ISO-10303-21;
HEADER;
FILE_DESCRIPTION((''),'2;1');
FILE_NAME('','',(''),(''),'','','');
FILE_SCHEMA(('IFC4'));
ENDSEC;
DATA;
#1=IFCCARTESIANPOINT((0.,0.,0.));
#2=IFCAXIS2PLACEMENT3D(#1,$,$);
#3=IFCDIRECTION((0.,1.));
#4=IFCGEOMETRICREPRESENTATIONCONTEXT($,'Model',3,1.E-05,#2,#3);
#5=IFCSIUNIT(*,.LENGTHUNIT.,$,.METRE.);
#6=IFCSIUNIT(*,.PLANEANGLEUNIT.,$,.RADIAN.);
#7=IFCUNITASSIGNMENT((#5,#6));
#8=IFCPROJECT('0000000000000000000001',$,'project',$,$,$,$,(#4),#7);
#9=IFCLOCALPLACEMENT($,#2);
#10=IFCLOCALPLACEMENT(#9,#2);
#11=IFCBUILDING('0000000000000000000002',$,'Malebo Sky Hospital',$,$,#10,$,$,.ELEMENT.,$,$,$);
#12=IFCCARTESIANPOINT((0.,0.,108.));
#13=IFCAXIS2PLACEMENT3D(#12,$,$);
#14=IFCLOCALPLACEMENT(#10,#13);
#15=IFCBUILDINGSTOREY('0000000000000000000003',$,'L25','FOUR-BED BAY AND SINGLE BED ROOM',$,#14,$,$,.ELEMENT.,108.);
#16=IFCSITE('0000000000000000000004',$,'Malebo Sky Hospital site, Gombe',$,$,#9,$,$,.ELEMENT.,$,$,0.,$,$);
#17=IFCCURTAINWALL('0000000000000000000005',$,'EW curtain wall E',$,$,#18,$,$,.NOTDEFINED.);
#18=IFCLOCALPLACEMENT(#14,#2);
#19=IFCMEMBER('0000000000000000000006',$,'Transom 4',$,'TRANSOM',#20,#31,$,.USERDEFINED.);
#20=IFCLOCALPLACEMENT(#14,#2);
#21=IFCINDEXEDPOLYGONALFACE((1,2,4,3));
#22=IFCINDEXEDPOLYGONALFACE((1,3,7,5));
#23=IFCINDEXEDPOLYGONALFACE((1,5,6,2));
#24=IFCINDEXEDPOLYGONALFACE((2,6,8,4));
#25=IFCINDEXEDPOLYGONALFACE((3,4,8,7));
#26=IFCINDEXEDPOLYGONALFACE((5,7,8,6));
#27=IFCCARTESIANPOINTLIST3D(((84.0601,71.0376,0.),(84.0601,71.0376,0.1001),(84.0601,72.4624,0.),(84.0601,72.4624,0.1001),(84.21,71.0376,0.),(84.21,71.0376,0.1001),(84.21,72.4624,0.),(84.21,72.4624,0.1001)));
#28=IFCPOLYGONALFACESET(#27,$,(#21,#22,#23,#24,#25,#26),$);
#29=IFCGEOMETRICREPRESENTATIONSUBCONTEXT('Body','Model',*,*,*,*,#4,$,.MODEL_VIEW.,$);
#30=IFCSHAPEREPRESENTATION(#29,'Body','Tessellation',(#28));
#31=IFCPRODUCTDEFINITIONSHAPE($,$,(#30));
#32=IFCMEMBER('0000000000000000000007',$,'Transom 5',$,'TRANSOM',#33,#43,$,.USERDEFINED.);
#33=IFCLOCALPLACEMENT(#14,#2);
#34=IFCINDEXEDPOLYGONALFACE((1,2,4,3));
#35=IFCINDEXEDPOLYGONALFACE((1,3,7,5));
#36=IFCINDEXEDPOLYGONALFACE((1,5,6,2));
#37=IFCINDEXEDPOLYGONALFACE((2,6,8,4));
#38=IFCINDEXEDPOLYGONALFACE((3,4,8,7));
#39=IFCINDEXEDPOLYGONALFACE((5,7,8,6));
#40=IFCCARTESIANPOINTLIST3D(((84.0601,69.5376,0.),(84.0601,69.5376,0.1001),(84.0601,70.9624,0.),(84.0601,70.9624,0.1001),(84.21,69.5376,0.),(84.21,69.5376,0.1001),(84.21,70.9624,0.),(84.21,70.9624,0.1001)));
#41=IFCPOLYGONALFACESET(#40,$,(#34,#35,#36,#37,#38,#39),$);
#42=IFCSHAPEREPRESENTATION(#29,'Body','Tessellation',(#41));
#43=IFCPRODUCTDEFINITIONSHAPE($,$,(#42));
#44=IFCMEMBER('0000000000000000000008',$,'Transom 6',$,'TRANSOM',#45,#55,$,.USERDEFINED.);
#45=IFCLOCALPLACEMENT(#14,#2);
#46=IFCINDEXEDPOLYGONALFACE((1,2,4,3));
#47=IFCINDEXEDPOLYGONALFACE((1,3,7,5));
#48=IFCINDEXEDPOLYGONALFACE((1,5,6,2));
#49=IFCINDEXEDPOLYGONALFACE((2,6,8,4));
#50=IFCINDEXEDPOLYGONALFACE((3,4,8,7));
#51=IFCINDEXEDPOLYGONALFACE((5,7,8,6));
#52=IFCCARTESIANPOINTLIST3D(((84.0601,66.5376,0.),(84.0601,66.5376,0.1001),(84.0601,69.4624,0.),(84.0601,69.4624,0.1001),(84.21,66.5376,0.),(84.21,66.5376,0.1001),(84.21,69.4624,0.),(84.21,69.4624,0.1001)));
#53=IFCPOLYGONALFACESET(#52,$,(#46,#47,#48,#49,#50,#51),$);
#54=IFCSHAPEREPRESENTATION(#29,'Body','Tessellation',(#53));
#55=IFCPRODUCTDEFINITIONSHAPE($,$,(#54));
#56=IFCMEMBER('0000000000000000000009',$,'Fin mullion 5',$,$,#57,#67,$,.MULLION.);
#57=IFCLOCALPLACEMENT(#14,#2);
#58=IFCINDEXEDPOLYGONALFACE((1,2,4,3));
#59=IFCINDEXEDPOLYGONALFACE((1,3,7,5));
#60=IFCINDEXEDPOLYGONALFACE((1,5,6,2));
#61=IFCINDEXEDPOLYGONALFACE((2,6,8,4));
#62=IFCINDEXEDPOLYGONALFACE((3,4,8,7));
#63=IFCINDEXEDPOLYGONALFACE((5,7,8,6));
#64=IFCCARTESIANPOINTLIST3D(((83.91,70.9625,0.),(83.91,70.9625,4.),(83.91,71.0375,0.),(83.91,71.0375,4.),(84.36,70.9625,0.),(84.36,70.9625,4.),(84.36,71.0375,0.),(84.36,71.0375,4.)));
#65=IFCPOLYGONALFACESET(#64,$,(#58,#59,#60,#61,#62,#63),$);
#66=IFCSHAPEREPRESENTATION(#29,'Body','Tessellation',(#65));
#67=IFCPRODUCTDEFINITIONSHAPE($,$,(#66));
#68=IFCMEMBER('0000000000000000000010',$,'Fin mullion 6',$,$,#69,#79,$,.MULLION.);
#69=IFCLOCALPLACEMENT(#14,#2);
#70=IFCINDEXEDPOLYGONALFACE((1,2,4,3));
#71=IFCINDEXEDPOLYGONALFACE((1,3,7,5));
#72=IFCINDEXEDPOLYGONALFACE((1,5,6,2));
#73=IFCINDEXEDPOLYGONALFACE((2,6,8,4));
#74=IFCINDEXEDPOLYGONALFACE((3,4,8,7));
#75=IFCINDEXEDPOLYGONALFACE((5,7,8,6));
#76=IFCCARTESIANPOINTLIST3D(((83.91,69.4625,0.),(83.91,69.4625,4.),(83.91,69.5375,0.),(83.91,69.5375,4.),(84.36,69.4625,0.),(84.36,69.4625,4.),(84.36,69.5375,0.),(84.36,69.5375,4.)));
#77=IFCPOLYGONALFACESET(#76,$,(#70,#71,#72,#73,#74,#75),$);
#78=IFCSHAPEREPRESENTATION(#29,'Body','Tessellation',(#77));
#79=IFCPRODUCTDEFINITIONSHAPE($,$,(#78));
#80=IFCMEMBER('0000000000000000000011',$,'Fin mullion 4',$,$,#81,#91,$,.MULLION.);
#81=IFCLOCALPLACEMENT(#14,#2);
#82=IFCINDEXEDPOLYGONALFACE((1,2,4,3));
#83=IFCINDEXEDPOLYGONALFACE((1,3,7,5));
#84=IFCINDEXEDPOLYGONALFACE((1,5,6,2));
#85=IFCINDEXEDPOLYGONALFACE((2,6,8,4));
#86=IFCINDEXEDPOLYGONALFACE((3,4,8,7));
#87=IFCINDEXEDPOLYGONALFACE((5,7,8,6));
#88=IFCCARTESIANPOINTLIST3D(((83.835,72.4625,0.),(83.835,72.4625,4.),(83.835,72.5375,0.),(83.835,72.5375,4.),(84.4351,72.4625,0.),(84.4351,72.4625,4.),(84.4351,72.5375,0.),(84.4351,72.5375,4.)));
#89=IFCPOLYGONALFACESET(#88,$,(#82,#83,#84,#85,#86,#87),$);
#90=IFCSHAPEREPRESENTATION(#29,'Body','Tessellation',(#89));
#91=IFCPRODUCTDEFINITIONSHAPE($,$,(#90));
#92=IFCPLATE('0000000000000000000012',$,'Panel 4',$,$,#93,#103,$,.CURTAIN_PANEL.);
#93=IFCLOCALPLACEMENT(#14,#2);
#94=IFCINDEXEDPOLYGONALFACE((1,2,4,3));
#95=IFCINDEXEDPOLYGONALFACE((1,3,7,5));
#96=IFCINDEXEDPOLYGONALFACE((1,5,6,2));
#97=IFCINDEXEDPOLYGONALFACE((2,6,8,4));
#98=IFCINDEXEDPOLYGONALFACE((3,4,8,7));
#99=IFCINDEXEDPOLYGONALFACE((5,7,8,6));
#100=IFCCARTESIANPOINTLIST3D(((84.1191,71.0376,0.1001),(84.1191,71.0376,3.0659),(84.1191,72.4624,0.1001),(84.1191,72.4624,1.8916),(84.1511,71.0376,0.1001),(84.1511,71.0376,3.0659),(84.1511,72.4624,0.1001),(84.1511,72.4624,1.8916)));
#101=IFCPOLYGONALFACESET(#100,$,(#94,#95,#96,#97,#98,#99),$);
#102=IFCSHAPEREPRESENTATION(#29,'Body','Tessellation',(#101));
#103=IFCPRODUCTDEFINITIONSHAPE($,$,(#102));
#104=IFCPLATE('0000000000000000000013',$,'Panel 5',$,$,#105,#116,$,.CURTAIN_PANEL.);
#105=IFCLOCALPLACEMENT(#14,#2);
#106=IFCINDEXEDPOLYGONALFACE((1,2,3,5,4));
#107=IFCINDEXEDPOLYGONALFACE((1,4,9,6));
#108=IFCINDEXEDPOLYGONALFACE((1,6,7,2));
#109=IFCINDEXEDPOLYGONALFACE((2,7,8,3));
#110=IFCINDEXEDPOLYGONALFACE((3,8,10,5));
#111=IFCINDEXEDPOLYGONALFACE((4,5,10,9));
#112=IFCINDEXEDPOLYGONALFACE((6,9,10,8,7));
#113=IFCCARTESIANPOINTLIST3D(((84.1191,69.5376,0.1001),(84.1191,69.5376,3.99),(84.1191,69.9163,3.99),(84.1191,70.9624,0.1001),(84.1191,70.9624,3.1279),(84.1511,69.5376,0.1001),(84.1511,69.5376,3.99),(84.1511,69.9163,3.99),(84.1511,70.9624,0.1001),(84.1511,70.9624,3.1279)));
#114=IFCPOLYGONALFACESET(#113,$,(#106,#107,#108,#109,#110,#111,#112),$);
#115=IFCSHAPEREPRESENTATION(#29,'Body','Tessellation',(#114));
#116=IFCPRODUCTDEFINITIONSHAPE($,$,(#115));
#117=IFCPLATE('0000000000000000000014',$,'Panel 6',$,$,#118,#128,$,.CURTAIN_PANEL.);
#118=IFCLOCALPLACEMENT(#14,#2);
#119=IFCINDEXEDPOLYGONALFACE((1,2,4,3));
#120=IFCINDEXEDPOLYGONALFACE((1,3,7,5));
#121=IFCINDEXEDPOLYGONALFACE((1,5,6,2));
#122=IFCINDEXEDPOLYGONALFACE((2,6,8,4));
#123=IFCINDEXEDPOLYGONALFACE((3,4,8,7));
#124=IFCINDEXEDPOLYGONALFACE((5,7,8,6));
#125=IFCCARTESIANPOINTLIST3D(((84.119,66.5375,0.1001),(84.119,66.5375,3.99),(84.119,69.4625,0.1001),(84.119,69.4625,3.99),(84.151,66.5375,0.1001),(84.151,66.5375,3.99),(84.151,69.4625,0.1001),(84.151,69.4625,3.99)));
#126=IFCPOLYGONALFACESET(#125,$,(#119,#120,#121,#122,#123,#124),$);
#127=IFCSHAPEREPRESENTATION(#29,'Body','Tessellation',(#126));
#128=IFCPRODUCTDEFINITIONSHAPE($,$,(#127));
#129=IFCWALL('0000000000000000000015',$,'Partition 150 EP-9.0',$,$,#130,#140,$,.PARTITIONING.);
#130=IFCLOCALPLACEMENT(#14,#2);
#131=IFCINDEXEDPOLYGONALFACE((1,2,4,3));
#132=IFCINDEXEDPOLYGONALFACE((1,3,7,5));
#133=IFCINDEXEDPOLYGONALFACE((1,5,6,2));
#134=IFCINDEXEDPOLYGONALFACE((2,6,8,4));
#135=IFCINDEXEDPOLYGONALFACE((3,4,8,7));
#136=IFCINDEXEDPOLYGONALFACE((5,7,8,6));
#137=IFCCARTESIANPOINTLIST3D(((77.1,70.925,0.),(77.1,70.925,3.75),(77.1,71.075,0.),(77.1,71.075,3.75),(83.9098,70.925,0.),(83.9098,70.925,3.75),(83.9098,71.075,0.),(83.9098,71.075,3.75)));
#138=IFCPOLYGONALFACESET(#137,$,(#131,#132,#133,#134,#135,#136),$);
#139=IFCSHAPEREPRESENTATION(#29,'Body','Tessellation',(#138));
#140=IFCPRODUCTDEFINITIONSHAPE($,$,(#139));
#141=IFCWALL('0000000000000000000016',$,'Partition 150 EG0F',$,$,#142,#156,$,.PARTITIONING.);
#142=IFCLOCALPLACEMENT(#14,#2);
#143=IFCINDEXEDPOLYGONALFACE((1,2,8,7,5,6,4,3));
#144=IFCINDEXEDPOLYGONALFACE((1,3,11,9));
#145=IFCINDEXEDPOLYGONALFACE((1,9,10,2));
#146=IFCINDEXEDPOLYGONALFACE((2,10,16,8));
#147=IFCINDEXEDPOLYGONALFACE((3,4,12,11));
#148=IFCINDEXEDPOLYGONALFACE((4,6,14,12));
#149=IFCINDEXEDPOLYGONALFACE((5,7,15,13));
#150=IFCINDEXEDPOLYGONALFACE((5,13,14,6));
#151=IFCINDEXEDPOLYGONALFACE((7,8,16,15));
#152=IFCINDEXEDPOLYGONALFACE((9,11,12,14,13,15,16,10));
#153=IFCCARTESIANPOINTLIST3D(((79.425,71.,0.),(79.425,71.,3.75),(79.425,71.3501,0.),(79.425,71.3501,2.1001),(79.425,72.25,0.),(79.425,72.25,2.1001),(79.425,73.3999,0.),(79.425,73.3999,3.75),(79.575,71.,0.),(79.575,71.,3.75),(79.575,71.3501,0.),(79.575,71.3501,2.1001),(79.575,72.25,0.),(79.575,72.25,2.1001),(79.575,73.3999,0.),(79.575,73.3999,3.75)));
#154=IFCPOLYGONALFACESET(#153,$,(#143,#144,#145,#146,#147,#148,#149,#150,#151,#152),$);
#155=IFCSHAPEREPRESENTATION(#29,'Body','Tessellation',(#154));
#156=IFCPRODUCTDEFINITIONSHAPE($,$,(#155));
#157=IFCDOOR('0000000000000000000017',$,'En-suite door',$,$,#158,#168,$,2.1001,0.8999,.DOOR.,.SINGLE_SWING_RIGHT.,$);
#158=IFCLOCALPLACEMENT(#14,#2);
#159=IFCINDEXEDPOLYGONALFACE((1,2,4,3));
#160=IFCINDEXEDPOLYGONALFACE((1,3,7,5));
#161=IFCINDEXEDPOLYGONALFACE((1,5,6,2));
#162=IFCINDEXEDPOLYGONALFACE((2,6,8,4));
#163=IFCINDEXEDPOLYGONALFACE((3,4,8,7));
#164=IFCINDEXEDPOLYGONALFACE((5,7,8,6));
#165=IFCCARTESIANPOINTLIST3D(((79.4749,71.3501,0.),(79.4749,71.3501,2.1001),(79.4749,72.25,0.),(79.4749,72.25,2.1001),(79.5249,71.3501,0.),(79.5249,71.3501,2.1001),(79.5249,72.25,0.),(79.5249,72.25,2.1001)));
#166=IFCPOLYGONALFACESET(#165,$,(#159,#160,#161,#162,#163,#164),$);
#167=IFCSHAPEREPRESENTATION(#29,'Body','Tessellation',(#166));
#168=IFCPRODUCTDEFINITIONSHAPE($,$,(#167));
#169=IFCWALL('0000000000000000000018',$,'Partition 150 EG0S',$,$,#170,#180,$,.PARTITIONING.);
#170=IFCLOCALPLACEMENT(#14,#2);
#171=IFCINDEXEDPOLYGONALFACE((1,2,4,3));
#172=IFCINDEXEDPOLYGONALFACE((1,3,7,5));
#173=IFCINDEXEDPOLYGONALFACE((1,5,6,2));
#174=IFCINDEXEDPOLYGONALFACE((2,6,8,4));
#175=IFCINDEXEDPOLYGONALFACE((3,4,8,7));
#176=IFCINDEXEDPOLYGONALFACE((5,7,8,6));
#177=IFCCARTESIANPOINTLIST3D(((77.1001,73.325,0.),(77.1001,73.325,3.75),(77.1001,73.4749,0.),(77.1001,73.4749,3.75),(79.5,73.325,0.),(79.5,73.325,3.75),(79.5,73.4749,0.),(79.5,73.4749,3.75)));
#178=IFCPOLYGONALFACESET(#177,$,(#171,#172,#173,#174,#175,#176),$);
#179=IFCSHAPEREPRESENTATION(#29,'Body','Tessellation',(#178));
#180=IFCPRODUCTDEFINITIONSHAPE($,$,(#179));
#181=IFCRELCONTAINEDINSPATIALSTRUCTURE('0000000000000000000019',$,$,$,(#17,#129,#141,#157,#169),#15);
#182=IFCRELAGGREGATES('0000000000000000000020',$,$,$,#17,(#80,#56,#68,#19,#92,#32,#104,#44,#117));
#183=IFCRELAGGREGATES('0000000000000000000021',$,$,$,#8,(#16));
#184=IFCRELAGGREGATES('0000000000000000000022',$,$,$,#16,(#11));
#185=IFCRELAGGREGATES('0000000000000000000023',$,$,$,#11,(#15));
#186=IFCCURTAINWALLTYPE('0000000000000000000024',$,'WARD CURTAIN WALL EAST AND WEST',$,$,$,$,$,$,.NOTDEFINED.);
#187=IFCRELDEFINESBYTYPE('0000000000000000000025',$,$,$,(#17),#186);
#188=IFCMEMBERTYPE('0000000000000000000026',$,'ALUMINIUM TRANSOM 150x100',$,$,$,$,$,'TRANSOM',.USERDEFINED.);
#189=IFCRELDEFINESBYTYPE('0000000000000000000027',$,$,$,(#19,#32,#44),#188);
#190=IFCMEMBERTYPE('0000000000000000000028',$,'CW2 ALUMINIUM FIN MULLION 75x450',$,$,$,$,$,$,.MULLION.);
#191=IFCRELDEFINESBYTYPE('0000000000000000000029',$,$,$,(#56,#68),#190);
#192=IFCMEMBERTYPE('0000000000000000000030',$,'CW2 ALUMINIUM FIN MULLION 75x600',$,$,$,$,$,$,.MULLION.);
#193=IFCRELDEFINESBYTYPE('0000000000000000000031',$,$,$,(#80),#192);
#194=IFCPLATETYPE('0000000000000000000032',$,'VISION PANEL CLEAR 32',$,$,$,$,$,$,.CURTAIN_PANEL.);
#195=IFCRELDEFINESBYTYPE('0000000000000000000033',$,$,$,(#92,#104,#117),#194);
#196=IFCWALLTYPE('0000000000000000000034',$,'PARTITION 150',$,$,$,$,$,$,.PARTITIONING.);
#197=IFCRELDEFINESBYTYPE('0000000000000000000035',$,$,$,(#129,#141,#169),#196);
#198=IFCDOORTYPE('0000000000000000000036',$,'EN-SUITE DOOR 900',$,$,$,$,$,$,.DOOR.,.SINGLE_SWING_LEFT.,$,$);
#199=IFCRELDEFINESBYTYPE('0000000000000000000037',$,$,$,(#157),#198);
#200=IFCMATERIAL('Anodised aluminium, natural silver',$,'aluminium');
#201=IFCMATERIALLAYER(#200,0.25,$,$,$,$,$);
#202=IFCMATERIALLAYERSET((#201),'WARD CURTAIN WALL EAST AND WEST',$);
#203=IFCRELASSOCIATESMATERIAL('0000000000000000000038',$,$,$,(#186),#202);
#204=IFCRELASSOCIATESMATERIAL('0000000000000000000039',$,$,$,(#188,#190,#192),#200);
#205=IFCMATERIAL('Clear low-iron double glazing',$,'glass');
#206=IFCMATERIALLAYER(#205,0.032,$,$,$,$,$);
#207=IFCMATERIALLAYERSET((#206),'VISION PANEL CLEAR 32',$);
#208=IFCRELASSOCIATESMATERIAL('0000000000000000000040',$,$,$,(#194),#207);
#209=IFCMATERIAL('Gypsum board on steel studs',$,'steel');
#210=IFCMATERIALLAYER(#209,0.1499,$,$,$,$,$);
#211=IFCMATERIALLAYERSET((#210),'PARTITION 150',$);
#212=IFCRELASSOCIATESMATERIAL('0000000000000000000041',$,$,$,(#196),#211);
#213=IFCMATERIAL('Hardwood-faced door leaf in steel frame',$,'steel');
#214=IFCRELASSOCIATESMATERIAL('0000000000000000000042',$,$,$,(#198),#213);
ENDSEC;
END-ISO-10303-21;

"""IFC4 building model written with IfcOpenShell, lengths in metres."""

from ifc_helpers import new_model, si_unit, direction, frame, frame_2d, origin, origin_2d, place, context, subcontext, project, spatial, polyline, rectangle, outline, extrude, material, layer, layer_set, material_profile, profile_set, type_object, element, fill, aggregate, save


model = new_model("IFC4")

# Units and contexts
model_context = context("Model", 3, precision=1e-05, world=origin(), true_north=direction((0.0, 1.0)))
body_context = subcontext(model_context, "Body", "Model", "MODEL_VIEW")
ifc_project = project(units=[si_unit("LENGTHUNIT", "METRE"), si_unit("PLANEANGLEUNIT", "RADIAN")], contexts=[model_context])

# Site, building, storey
site_placement = place(None, origin())
site = spatial("IfcSite", under=ifc_project, at=site_placement, Name="Malebo Sky Hospital site, Gombe", CompositionType="ELEMENT", RefElevation=0.0)
building_placement = place(site_placement, origin())
building = spatial("IfcBuilding", under=site, at=building_placement, Name="Malebo Sky Hospital", CompositionType="ELEMENT")
storey_placement = place(building_placement, frame((0.0, 0.0, 108.0)))
storey = spatial("IfcBuildingStorey", under=building, at=storey_placement, Name="L25", Description="FOUR-BED BAY AND SINGLE BED ROOM", CompositionType="ELEMENT", Elevation=108.0)

# Curtain wall, members, plates
ifc_material_1 = material(Name="Anodised aluminium, natural silver", Category="aluminium")
ifc_layer_1 = layer(ifc_material_1, 0.25)
ifc_layer_set_1 = layer_set([ifc_layer_1], Name="WARD CURTAIN WALL EAST AND WEST")
curtain_wall_type = type_object("IfcCurtainWallType", Name="WARD CURTAIN WALL EAST AND WEST", PredefinedType="NOTDEFINED", material=ifc_layer_set_1)
curtain_wall_placement = place(storey_placement, origin())
curtain_wall = element("IfcCurtainWall", 1, at=curtain_wall_placement, inside=storey, type_object=curtain_wall_type, Name="EW curtain wall E", PredefinedType="NOTDEFINED")
ifc_material_profile_1 = material_profile(ifc_material_1, rectangle(XDim=0.1499, YDim=0.1001, at=origin_2d()), Name="ALUMINIUM TRANSOM 150x100")
ifc_profile_set_1 = profile_set([ifc_material_profile_1], Name="Anodised aluminium, natural silver")
member_type_1 = type_object("IfcMemberType", Name="ALUMINIUM TRANSOM 150x100", ElementType="TRANSOM", PredefinedType="USERDEFINED", material=ifc_profile_set_1)
member_1_placement = place(storey_placement, frame((84.135, 72.4624, 0.05), z_axis=(0.0, -1.0, 0.0), x_axis=(1.0, 0.0, 0.0)))
member_1 = element("IfcMember", 2, at=member_1_placement, type_object=member_type_1, Name="Transom 4", ObjectType="TRANSOM", PredefinedType="USERDEFINED", context=body_context, shape_type="SweptSolid", body=[
    extrude(rectangle(XDim=0.1499, YDim=0.1001, at=origin_2d()), origin(), (0.0, 0.0, 1.0), 1.4248),
])
member_2_placement = place(storey_placement, frame((84.135, 70.9624, 0.05), z_axis=(0.0, -1.0, 0.0), x_axis=(1.0, 0.0, 0.0)))
member_2 = element("IfcMember", 3, at=member_2_placement, type_object=member_type_1, Name="Transom 5", ObjectType="TRANSOM", PredefinedType="USERDEFINED", context=body_context, shape_type="SweptSolid", body=[
    extrude(rectangle(XDim=0.1499, YDim=0.1001, at=origin_2d()), origin(), (0.0, 0.0, 1.0), 1.4248),
])
member_3_placement = place(storey_placement, frame((84.135, 69.4624, 0.05), z_axis=(0.0, -1.0, 0.0), x_axis=(1.0, 0.0, 0.0)))
member_3 = element("IfcMember", 4, at=member_3_placement, type_object=member_type_1, Name="Transom 6", ObjectType="TRANSOM", PredefinedType="USERDEFINED", context=body_context, shape_type="SweptSolid", body=[
    extrude(rectangle(XDim=0.1499, YDim=0.1001, at=origin_2d()), origin(), (0.0, 0.0, 1.0), 2.9248),
])
ifc_material_profile_2 = material_profile(ifc_material_1, rectangle(XDim=0.075, YDim=0.45, at=origin_2d()), Name="CW2 ALUMINIUM FIN MULLION 75x450")
ifc_profile_set_2 = profile_set([ifc_material_profile_2], Name="Anodised aluminium, natural silver")
member_type_2 = type_object("IfcMemberType", Name="CW2 ALUMINIUM FIN MULLION 75x450", PredefinedType="MULLION", material=ifc_profile_set_2)
member_4_placement = place(storey_placement, frame((84.135, 71.0, 0.0), z_axis=(0.0, 0.0, 1.0), x_axis=(0.0, -1.0, 0.0)))
member_4 = element("IfcMember", 5, at=member_4_placement, type_object=member_type_2, Name="Fin mullion 5", PredefinedType="MULLION", context=body_context, shape_type="SweptSolid", body=[
    extrude(rectangle(XDim=0.075, YDim=0.45, at=origin_2d()), origin(), (0.0, 0.0, 1.0), 4.0),
])
member_5_placement = place(storey_placement, frame((84.135, 69.5, 0.0), z_axis=(0.0, 0.0, 1.0), x_axis=(0.0, -1.0, 0.0)))
member_5 = element("IfcMember", 6, at=member_5_placement, type_object=member_type_2, Name="Fin mullion 6", PredefinedType="MULLION", context=body_context, shape_type="SweptSolid", body=[
    extrude(rectangle(XDim=0.075, YDim=0.45, at=origin_2d()), origin(), (0.0, 0.0, 1.0), 4.0),
])
ifc_material_profile_3 = material_profile(ifc_material_1, rectangle(XDim=0.075, YDim=0.6001, at=origin_2d()), Name="CW2 ALUMINIUM FIN MULLION 75x600")
ifc_profile_set_3 = profile_set([ifc_material_profile_3], Name="Anodised aluminium, natural silver")
member_type_3 = type_object("IfcMemberType", Name="CW2 ALUMINIUM FIN MULLION 75x600", PredefinedType="MULLION", material=ifc_profile_set_3)
member_6_placement = place(storey_placement, frame((84.135, 72.5, 0.0), z_axis=(0.0, 0.0, 1.0), x_axis=(0.0, -1.0, 0.0)))
member_6 = element("IfcMember", 7, at=member_6_placement, type_object=member_type_3, Name="Fin mullion 4", PredefinedType="MULLION", context=body_context, shape_type="SweptSolid", body=[
    extrude(rectangle(XDim=0.075, YDim=0.6001, at=origin_2d()), origin(), (0.0, 0.0, 1.0), 4.0),
])
ifc_material_2 = material(Name="Clear low-iron double glazing", Category="glass")
ifc_layer_2 = layer(ifc_material_2, 0.032)
ifc_layer_set_2 = layer_set([ifc_layer_2], Name="VISION PANEL CLEAR 32")
plate_type = type_object("IfcPlateType", Name="VISION PANEL CLEAR 32", PredefinedType="CURTAIN_PANEL", material=ifc_layer_set_2)
plate_1_placement = place(storey_placement, frame((84.135, 71.75, 0.1001), z_axis=(0.0, 0.0, 1.0), x_axis=(0.0, -1.0, 0.0)))
plate_1 = element("IfcPlate", 8, at=plate_1_placement, type_object=plate_type, Name="Panel 4", PredefinedType="CURTAIN_PANEL", context=body_context, shape_type="SweptSolid", body=[
    extrude(outline(polyline([(-0.7124, 0.0), (0.7124, 0.0), (0.7124, 2.9658), (-0.7124, 1.7915), (-0.7124, 0.0)])), frame((0.0, 0.0161, 0.0), z_axis=(0.0, -1.0, 0.0), x_axis=(1.0, 0.0, 0.0)), (0.0, 0.0, 1.0), 0.032),
])
plate_2_placement = place(storey_placement, frame((84.135, 70.25, 0.1001), z_axis=(0.0, 0.0, 1.0), x_axis=(0.0, -1.0, 0.0)))
plate_2 = element("IfcPlate", 9, at=plate_2_placement, type_object=plate_type, Name="Panel 5", PredefinedType="CURTAIN_PANEL", context=body_context, shape_type="SweptSolid", body=[
    extrude(outline(polyline([(-0.7124, 0.0), (0.7124, 0.0), (0.7124, 3.8899), (0.3337, 3.8899), (-0.7124, 3.0278), (-0.7124, 0.0)])), frame((0.0, 0.0161, 0.0), z_axis=(0.0, -1.0, 0.0), x_axis=(1.0, 0.0, 0.0)), (0.0, 0.0, 1.0), 0.032),
])
plate_3_placement = place(storey_placement, frame((84.135, 68.0, 0.1001), z_axis=(0.0, 0.0, 1.0), x_axis=(0.0, -1.0, 0.0)))
plate_3 = element("IfcPlate", 10, at=plate_3_placement, type_object=plate_type, Name="Panel 6", PredefinedType="CURTAIN_PANEL", context=body_context, shape_type="SweptSolid", body=[
    extrude(rectangle(XDim=2.925, YDim=0.032, at=origin_2d()), origin(), (0.0, 0.0, 1.0), 3.8899),
])
aggregate(curtain_wall, [member_6, member_4, member_5, member_1, plate_1, member_2, plate_2, member_3, plate_3])

# Wall
ifc_material_3 = material(Name="Gypsum board on steel studs", Category="steel")
ifc_layer_3 = layer(ifc_material_3, 0.1499)
ifc_layer_set_3 = layer_set([ifc_layer_3], Name="PARTITION 150")
wall_type = type_object("IfcWallType", Name="PARTITION 150", PredefinedType="PARTITIONING", material=ifc_layer_set_3)
wall_1_placement = place(storey_placement, frame((77.1001, 71.0, 0.0), z_axis=(0.0, 0.0, 1.0), x_axis=(1.0, 0.0, 0.0)))
element("IfcWall", 11, at=wall_1_placement, inside=storey, type_object=wall_type, Name="Partition 150 EP-9.0", PredefinedType="PARTITIONING", context=body_context, shape_type="SweptSolid", body=[
    extrude(rectangle(XDim=6.8098, YDim=0.1499, at=frame_2d((3.4048, 0.0))), origin(), (0.0, 0.0, 1.0), 3.75),
])

# Wall, opening, door
wall_2_placement = place(storey_placement, frame((79.5, 73.3999, 0.0), z_axis=(0.0, 0.0, 1.0), x_axis=(0.0, -1.0, 0.0)))
wall_2 = element("IfcWall", 12, at=wall_2_placement, inside=storey, type_object=wall_type, Name="Partition 150 EG0F", PredefinedType="PARTITIONING", context=body_context, shape_type="SweptSolid", body=[
    extrude(rectangle(XDim=2.3999, YDim=0.1499, at=frame_2d((1.2, 0.0))), origin(), (0.0, 0.0, 1.0), 3.75),
])
opening_1_placement = place(wall_2_placement, frame((1.1499, 0.0, 0.0)))
opening_1 = element("IfcOpeningElement", 13, at=opening_1_placement, cuts=wall_2, PredefinedType="OPENING", context=body_context, shape_type="SweptSolid", body=[
    extrude(rectangle(XDim=0.8999, YDim=2.1001, at=frame_2d((0.45, 1.05))), frame((0.0, 0.085, 0.0), z_axis=(0.0, -1.0, 0.0), x_axis=(1.0, 0.0, 0.0)), (0.0, 0.0, 1.0), 0.1699),
])
ifc_material_4 = material(Name="Hardwood-faced door leaf in steel frame", Category="steel")
door_type = type_object("IfcDoorType", Name="EN-SUITE DOOR 900", OperationType="SINGLE_SWING_LEFT", PredefinedType="DOOR", material=ifc_material_4)
door_1_placement = place(opening_1_placement, origin())
door_1 = element("IfcDoor", 14, at=door_1_placement, inside=storey, type_object=door_type, Name="En-suite door", OperationType="SINGLE_SWING_RIGHT", OverallHeight=2.1001, OverallWidth=0.8999, PredefinedType="DOOR", context=body_context, shape_type="SweptSolid", body=[
    extrude(rectangle(XDim=0.8999, YDim=2.1001, at=frame_2d((0.45, 1.05))), frame((0.0, 0.0249, 0.0), z_axis=(0.0, -1.0, 0.0), x_axis=(1.0, 0.0, 0.0)), (0.0, 0.0, 1.0), 0.05),
])
fill(opening_1, door_1)

# Wall
wall_3_placement = place(storey_placement, frame((77.1001, 73.3999, 0.0), z_axis=(0.0, 0.0, 1.0), x_axis=(1.0, 0.0, 0.0)))
element("IfcWall", 15, at=wall_3_placement, inside=storey, type_object=wall_type, Name="Partition 150 EG0S", PredefinedType="PARTITIONING", context=body_context, shape_type="SweptSolid", body=[
    extrude(rectangle(XDim=2.3999, YDim=0.1499, at=frame_2d((1.2, 0.0))), origin(), (0.0, 0.0, 1.0), 3.75),
])

save(model, "model.ifc")
